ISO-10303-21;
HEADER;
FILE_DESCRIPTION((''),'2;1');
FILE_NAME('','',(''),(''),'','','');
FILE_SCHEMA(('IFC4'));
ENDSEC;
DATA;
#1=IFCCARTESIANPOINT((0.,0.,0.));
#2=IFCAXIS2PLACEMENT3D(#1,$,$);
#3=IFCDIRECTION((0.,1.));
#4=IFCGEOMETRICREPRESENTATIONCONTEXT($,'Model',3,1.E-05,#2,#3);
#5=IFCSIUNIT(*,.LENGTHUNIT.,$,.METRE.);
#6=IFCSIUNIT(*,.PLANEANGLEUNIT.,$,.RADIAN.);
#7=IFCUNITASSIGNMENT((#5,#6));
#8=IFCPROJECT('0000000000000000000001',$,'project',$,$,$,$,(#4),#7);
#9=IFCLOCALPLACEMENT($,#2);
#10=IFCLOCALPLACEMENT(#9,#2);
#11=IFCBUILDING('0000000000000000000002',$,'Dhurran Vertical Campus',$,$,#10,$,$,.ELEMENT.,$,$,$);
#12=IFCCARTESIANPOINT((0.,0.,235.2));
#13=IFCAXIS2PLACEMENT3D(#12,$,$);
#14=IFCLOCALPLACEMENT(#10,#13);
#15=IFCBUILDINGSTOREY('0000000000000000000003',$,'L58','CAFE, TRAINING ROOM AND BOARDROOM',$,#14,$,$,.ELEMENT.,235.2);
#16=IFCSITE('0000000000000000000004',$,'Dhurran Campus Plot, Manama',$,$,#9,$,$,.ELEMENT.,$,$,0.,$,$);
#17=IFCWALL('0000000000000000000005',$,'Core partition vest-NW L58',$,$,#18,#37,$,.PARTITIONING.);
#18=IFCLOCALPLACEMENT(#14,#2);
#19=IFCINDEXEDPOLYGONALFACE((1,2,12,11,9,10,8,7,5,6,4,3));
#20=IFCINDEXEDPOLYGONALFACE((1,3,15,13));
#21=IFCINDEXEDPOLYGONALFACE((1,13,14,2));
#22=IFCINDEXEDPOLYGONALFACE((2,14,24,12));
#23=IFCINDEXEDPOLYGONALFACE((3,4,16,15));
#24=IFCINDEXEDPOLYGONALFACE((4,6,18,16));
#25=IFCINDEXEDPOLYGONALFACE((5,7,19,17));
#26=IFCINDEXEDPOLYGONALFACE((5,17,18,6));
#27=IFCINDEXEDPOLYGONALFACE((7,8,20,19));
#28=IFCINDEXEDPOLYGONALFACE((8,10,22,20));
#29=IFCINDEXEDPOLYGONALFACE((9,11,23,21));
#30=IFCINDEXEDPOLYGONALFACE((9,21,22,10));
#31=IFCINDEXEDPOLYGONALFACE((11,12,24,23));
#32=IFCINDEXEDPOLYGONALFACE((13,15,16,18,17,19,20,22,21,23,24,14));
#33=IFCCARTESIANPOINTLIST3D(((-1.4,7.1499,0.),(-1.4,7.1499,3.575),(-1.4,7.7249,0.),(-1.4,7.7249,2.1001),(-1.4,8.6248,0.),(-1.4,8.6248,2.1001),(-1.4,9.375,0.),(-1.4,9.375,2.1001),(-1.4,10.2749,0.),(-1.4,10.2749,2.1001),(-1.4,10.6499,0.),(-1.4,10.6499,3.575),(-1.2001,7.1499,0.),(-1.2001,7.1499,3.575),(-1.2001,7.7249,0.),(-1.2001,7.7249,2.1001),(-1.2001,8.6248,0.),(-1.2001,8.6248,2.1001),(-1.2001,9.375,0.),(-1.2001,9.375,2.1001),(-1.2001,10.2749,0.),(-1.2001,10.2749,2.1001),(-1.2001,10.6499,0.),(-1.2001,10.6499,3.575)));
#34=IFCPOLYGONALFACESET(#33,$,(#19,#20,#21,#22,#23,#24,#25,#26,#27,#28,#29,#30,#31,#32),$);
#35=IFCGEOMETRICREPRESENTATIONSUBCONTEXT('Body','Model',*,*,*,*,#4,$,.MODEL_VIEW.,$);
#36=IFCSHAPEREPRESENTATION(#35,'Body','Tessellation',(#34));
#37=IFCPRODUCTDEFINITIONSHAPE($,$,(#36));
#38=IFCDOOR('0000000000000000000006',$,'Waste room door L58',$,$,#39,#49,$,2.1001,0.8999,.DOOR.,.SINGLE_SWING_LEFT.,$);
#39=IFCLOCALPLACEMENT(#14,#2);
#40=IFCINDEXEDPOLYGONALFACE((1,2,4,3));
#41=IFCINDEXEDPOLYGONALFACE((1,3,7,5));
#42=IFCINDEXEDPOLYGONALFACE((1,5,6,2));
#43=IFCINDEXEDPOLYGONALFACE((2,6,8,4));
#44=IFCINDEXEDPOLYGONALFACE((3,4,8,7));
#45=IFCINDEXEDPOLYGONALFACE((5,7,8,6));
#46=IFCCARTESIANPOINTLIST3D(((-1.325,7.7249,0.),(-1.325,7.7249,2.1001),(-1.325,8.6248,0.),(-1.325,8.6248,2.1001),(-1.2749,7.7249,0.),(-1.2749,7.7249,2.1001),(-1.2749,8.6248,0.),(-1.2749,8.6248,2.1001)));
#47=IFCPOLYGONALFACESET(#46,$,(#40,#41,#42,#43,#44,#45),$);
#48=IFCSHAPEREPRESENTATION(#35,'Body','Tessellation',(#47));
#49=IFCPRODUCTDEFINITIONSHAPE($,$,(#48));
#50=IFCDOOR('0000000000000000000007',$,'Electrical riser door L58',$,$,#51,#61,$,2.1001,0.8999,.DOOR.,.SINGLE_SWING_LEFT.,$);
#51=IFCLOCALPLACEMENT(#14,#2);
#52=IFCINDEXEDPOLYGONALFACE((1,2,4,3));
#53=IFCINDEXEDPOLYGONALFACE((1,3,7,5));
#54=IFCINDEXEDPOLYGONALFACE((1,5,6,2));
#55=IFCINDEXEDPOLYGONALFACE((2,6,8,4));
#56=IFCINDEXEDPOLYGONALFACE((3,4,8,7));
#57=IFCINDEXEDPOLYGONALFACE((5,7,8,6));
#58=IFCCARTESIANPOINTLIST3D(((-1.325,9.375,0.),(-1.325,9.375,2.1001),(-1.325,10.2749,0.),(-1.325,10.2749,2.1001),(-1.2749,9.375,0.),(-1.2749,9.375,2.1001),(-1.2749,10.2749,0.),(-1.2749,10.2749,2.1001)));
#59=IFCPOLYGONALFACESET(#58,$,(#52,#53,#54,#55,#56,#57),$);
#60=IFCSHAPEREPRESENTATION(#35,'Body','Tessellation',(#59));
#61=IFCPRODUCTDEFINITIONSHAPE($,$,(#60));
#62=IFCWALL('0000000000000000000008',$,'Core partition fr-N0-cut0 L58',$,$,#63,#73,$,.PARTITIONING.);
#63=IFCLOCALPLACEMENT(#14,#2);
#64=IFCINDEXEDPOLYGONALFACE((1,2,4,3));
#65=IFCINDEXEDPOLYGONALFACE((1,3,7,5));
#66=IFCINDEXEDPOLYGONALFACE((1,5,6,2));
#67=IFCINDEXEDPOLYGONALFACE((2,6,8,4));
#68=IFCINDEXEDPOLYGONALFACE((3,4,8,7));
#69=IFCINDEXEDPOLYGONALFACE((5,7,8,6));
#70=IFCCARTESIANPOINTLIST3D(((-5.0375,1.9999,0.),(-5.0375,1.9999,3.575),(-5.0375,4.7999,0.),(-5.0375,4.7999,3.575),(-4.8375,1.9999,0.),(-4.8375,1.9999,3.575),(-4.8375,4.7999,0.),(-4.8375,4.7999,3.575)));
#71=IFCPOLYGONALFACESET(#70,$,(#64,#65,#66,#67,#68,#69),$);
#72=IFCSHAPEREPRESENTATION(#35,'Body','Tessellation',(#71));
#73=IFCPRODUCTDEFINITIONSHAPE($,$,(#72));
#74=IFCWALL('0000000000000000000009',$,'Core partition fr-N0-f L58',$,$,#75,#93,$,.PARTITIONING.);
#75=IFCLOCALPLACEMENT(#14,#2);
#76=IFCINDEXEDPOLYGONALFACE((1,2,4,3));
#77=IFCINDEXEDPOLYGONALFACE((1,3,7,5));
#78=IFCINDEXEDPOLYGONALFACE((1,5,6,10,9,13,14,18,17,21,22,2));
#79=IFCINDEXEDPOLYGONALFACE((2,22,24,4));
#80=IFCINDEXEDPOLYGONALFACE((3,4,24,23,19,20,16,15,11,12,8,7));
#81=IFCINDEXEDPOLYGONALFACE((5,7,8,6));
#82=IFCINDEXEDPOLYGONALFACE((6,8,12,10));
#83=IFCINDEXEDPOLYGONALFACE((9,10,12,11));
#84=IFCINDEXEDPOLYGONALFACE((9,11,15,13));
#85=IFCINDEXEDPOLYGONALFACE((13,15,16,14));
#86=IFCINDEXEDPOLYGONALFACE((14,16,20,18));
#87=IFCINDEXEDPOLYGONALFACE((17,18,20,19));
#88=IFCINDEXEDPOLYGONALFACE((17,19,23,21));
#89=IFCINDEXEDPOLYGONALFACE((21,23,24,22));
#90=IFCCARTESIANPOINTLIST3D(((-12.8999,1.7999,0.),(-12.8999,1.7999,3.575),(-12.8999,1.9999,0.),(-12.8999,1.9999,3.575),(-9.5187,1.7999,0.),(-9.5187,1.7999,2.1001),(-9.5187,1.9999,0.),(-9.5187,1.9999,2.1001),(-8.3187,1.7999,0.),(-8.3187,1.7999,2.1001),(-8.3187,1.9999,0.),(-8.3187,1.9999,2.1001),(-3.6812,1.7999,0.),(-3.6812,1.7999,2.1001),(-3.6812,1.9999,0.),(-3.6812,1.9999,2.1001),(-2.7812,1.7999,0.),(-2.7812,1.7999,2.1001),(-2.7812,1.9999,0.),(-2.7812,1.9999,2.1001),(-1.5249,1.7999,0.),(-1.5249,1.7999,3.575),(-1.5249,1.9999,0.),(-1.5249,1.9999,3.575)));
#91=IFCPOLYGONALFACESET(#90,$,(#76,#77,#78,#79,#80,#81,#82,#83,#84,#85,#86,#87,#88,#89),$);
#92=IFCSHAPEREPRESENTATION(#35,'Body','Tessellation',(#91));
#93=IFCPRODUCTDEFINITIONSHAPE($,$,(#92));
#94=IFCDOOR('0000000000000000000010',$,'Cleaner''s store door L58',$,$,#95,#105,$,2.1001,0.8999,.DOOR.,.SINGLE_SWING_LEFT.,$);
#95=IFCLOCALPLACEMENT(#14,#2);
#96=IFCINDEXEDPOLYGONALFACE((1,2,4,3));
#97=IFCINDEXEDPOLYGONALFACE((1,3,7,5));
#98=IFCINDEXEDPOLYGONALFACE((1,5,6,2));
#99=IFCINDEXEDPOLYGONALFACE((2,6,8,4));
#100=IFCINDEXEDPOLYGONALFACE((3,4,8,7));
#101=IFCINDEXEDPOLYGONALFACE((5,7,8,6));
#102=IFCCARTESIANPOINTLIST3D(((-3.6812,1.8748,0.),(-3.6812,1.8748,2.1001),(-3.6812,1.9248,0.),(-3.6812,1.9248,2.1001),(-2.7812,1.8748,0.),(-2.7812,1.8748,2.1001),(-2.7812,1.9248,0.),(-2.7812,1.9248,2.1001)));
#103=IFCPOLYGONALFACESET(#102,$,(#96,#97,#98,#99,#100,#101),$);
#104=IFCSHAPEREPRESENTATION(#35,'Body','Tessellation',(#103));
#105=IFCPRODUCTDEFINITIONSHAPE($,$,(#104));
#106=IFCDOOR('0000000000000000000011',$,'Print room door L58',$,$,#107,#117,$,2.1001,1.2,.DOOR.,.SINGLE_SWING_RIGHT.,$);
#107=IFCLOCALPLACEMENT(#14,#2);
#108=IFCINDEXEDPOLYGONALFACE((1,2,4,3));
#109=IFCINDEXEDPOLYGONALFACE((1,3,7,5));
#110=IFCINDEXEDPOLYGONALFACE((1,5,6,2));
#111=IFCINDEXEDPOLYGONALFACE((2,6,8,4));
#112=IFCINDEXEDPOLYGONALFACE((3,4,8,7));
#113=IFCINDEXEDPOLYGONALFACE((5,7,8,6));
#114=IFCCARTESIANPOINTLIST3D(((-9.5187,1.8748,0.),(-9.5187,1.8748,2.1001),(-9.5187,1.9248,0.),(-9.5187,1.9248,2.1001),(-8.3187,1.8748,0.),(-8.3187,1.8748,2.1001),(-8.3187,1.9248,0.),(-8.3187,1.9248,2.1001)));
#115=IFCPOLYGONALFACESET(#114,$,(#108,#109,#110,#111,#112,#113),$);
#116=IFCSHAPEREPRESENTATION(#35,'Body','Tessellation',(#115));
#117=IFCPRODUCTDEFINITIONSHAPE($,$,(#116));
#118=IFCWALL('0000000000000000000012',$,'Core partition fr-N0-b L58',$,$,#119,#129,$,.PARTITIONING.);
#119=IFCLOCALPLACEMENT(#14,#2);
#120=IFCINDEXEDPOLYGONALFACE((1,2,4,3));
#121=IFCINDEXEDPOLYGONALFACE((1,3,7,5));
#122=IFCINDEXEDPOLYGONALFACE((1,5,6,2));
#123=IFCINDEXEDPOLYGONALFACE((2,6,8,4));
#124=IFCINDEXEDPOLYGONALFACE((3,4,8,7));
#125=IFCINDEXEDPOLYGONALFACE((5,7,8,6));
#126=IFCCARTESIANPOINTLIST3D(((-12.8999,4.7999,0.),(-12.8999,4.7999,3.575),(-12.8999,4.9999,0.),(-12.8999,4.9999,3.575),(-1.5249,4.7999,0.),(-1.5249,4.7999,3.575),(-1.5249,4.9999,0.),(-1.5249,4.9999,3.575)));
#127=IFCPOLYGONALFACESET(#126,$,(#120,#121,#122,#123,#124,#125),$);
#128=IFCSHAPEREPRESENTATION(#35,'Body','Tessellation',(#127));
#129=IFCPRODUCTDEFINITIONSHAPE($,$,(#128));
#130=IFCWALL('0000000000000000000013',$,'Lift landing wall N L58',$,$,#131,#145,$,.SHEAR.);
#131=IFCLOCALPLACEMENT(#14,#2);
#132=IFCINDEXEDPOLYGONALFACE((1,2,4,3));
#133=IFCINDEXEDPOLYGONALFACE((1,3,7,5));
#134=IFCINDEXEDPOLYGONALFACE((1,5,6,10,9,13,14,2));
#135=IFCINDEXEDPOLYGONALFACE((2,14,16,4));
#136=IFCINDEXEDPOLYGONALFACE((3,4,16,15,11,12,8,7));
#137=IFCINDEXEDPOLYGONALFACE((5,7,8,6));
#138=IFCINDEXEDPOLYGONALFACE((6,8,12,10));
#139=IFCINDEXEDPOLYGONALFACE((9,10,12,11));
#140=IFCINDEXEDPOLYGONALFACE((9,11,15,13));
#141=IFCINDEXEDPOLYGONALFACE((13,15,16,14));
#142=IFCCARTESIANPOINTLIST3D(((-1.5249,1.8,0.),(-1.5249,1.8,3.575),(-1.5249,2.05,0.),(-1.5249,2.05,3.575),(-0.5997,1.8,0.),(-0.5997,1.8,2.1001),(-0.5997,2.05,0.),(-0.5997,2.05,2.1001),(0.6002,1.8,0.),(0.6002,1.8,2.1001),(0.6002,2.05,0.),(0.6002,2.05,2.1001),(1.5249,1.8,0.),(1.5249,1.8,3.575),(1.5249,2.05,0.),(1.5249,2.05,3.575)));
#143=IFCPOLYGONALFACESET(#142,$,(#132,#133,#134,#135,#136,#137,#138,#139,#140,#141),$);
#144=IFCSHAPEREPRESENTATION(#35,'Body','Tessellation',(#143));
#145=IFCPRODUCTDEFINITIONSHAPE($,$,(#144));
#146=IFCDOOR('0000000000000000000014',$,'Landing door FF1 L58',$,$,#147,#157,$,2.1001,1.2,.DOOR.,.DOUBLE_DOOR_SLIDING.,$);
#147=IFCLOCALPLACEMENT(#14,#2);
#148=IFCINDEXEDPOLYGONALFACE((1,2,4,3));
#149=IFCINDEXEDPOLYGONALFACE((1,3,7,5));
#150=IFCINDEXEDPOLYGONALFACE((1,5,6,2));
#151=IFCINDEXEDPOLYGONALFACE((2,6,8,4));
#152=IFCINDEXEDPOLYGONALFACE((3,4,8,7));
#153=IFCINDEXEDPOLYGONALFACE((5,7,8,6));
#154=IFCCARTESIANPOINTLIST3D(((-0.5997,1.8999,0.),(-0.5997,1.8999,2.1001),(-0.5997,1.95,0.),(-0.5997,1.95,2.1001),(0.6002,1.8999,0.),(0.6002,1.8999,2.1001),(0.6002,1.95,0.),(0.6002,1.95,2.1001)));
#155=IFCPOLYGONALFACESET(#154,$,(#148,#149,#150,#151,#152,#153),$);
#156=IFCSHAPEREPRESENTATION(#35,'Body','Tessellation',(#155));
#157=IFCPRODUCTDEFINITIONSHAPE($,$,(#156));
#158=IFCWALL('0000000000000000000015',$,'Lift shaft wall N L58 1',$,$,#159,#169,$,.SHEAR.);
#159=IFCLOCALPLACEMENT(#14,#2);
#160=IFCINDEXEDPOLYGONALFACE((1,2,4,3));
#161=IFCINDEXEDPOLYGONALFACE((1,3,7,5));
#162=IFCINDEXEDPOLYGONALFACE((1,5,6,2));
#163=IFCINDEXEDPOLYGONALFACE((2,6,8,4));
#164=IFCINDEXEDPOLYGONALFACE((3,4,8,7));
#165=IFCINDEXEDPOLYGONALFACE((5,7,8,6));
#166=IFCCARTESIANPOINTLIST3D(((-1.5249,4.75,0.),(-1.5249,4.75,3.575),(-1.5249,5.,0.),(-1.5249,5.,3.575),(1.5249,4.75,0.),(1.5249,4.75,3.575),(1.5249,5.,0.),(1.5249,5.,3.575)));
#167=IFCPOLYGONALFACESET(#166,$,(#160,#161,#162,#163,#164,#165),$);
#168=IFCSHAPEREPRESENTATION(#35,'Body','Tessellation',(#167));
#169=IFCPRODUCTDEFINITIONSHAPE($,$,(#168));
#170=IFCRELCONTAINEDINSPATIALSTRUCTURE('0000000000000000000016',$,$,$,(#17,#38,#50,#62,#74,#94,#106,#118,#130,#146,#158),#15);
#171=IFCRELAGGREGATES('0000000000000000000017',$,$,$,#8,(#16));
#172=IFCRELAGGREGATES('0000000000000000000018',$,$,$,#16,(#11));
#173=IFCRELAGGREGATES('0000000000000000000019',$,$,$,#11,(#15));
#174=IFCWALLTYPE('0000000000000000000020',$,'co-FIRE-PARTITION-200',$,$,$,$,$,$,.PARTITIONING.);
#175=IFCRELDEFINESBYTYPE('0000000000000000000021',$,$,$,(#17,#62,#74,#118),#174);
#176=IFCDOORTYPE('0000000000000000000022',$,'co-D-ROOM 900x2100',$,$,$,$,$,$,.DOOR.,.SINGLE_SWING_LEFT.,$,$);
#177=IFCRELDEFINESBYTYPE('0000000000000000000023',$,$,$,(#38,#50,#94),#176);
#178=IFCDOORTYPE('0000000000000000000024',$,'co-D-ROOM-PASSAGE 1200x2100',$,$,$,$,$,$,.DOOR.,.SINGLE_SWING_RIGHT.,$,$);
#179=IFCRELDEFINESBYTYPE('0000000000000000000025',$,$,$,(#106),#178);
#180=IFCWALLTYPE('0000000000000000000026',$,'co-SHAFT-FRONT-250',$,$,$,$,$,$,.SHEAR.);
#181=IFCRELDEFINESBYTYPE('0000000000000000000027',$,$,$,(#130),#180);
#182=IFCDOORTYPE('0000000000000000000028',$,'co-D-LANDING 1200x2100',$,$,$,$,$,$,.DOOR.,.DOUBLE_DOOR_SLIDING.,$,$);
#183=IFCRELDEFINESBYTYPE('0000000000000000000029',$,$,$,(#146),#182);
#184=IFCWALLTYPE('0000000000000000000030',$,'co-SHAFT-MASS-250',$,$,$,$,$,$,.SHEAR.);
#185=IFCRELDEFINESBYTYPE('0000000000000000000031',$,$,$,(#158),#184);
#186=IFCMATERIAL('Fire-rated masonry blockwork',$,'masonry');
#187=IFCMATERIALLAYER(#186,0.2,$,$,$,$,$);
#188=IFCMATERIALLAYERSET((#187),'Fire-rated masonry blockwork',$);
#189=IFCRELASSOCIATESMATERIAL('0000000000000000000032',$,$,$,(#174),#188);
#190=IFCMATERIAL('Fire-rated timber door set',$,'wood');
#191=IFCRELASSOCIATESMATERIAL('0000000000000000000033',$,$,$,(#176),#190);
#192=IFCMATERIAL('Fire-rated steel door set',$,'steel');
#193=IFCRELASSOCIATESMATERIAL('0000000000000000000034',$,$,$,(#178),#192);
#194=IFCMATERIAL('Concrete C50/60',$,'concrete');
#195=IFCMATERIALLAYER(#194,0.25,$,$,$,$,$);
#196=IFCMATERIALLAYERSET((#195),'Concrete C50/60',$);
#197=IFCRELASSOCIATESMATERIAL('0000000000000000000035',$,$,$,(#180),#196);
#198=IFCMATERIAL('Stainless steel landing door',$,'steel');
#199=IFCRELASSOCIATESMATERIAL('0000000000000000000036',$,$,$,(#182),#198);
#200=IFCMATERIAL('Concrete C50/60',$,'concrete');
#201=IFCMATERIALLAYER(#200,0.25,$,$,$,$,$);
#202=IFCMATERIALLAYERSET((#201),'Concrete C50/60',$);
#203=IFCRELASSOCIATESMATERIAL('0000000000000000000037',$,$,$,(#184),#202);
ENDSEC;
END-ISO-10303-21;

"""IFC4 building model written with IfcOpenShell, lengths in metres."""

from ifc_helpers import new_model, si_unit, direction, frame, frame_2d, origin, place, context, subcontext, project, spatial, polyline, rectangle, outline, extrude, material, layer, layer_set, type_object, element, fill, save


model = new_model("IFC4")

# Units and contexts
model_context = context("Model", 3, precision=1e-05, world=origin(), true_north=direction((0.0, 1.0)))
body_context = subcontext(model_context, "Body", "Model", "MODEL_VIEW")
ifc_project = project(units=[si_unit("LENGTHUNIT", "METRE"), si_unit("PLANEANGLEUNIT", "RADIAN")], contexts=[model_context])

# Site, building, storey
site_placement = place(None, origin())
site = spatial("IfcSite", under=ifc_project, at=site_placement, Name="Dhurran Campus Plot, Manama", CompositionType="ELEMENT", RefElevation=0.0)
building_placement = place(site_placement, origin())
building = spatial("IfcBuilding", under=site, at=building_placement, Name="Dhurran Vertical Campus", CompositionType="ELEMENT")
storey_placement = place(building_placement, frame((0.0, 0.0, 235.2)))
storey = spatial("IfcBuildingStorey", under=building, at=storey_placement, Name="L58", Description="CAFE, TRAINING ROOM AND BOARDROOM", CompositionType="ELEMENT", Elevation=235.2)

# Shared definitions
ifc_material_1 = material(Name="Fire-rated masonry blockwork", Category="masonry")
ifc_layer_1 = layer(ifc_material_1, 0.2)
ifc_layer_set_1 = layer_set([ifc_layer_1], Name="Fire-rated masonry blockwork")
wall_type_1 = type_object("IfcWallType", Name="co-FIRE-PARTITION-200", PredefinedType="PARTITIONING", material=ifc_layer_set_1)

# Wall, openings, doors
wall_1_placement = place(storey_placement, frame((-1.3, 7.1499, 0.0), z_axis=(0.0, 0.0, 1.0), x_axis=(0.0, 1.0, 0.0)))
wall_1 = element("IfcWall", 1, at=wall_1_placement, inside=storey, type_object=wall_type_1, Name="Core partition vest-NW L58", PredefinedType="PARTITIONING", context=body_context, shape_type="SweptSolid", body=[
    extrude(rectangle(XDim=3.5, YDim=0.2, at=frame_2d((1.75, 0.0))), origin(), (0.0, 0.0, 1.0), 3.575),
])
opening_1_placement = place(wall_1_placement, frame((0.575, 0.0, 0.0)))
opening_1 = element("IfcOpeningElement", 2, at=opening_1_placement, cuts=wall_1, PredefinedType="OPENING", context=body_context, shape_type="SweptSolid", body=[
    extrude(rectangle(XDim=0.8999, YDim=2.1001, at=frame_2d((0.45, 1.05))), frame((0.0, 0.1099, 0.0), z_axis=(0.0, -1.0, 0.0), x_axis=(1.0, 0.0, 0.0)), (0.0, 0.0, 1.0), 0.22),
])
opening_2_placement = place(wall_1_placement, frame((2.2251, 0.0, 0.0)))
opening_2 = element("IfcOpeningElement", 3, at=opening_2_placement, cuts=wall_1, PredefinedType="OPENING", context=body_context, shape_type="SweptSolid", body=[
    extrude(rectangle(XDim=0.8999, YDim=2.1001, at=frame_2d((0.45, 1.05))), frame((0.0, 0.1099, 0.0), z_axis=(0.0, -1.0, 0.0), x_axis=(1.0, 0.0, 0.0)), (0.0, 0.0, 1.0), 0.22),
])
ifc_material_2 = material(Name="Fire-rated timber door set", Category="wood")
door_type_1 = type_object("IfcDoorType", Name="co-D-ROOM 900x2100", OperationType="SINGLE_SWING_LEFT", PredefinedType="DOOR", material=ifc_material_2)
door_1_placement = place(opening_1_placement, origin())
door_1 = element("IfcDoor", 4, at=door_1_placement, inside=storey, type_object=door_type_1, Name="Waste room door L58", OperationType="SINGLE_SWING_LEFT", OverallHeight=2.1001, OverallWidth=0.8999, PredefinedType="DOOR", context=body_context, shape_type="SweptSolid", body=[
    extrude(rectangle(XDim=0.8999, YDim=2.1001, at=frame_2d((0.45, 1.05))), frame((0.0, 0.0249, 0.0), z_axis=(0.0, -1.0, 0.0), x_axis=(1.0, 0.0, 0.0)), (0.0, 0.0, 1.0), 0.05),
])
fill(opening_1, door_1)
door_2_placement = place(opening_2_placement, origin())
door_2 = element("IfcDoor", 5, at=door_2_placement, inside=storey, type_object=door_type_1, Name="Electrical riser door L58", OperationType="SINGLE_SWING_LEFT", OverallHeight=2.1001, OverallWidth=0.8999, PredefinedType="DOOR", context=body_context, shape_type="SweptSolid", body=[
    extrude(rectangle(XDim=0.8999, YDim=2.1001, at=frame_2d((0.45, 1.05))), frame((0.0, 0.0249, 0.0), z_axis=(0.0, -1.0, 0.0), x_axis=(1.0, 0.0, 0.0)), (0.0, 0.0, 1.0), 0.05),
])
fill(opening_2, door_2)

# Wall
wall_2_placement = place(storey_placement, frame((-4.9375, 2.0, 0.0), z_axis=(0.0, 0.0, 1.0), x_axis=(0.0, 1.0, 0.0)))
element("IfcWall", 6, at=wall_2_placement, inside=storey, type_object=wall_type_1, Name="Core partition fr-N0-cut0 L58", PredefinedType="PARTITIONING", context=body_context, shape_type="SweptSolid", body=[
    extrude(rectangle(XDim=2.8, YDim=0.2, at=frame_2d((1.3999, 0.0))), origin(), (0.0, 0.0, 1.0), 3.575),
])

# Wall, openings, doors
wall_3_placement = place(storey_placement, frame((-12.8999, 1.8999, 0.0), z_axis=(0.0, 0.0, 1.0), x_axis=(1.0, 0.0, 0.0)))
wall_3 = element("IfcWall", 7, at=wall_3_placement, inside=storey, type_object=wall_type_1, Name="Core partition fr-N0-f L58", PredefinedType="PARTITIONING", context=body_context, shape_type="SweptSolid", body=[
    extrude(rectangle(XDim=11.375, YDim=0.2, at=frame_2d((5.6875, 0.0))), origin(), (0.0, 0.0, 1.0), 3.575),
])
opening_3_placement = place(wall_3_placement, frame((3.3811, 0.0, 0.0)))
opening_3 = element("IfcOpeningElement", 8, at=opening_3_placement, cuts=wall_3, PredefinedType="OPENING", context=body_context, shape_type="SweptSolid", body=[
    extrude(rectangle(XDim=1.2, YDim=2.1001, at=frame_2d((0.6001, 1.05))), frame((0.0, 0.1099, 0.0), z_axis=(0.0, -1.0, 0.0), x_axis=(1.0, 0.0, 0.0)), (0.0, 0.0, 1.0), 0.22),
])
opening_4_placement = place(wall_3_placement, frame((9.2188, 0.0, 0.0)))
opening_4 = element("IfcOpeningElement", 9, at=opening_4_placement, cuts=wall_3, PredefinedType="OPENING", context=body_context, shape_type="SweptSolid", body=[
    extrude(rectangle(XDim=0.8999, YDim=2.1001, at=frame_2d((0.45, 1.05))), frame((0.0, 0.1099, 0.0), z_axis=(0.0, -1.0, 0.0), x_axis=(1.0, 0.0, 0.0)), (0.0, 0.0, 1.0), 0.22),
])
door_3_placement = place(opening_4_placement, origin())
door_3 = element("IfcDoor", 10, at=door_3_placement, inside=storey, type_object=door_type_1, Name="Cleaner's store door L58", OperationType="SINGLE_SWING_LEFT", OverallHeight=2.1001, OverallWidth=0.8999, PredefinedType="DOOR", context=body_context, shape_type="SweptSolid", body=[
    extrude(rectangle(XDim=0.8999, YDim=2.1001, at=frame_2d((0.45, 1.05))), frame((0.0, 0.0249, 0.0), z_axis=(0.0, -1.0, 0.0), x_axis=(1.0, 0.0, 0.0)), (0.0, 0.0, 1.0), 0.05),
])
fill(opening_4, door_3)
ifc_material_3 = material(Name="Fire-rated steel door set", Category="steel")
door_type_2 = type_object("IfcDoorType", Name="co-D-ROOM-PASSAGE 1200x2100", OperationType="SINGLE_SWING_RIGHT", PredefinedType="DOOR", material=ifc_material_3)
door_4_placement = place(opening_3_placement, origin())
door_4 = element("IfcDoor", 11, at=door_4_placement, inside=storey, type_object=door_type_2, Name="Print room door L58", OperationType="SINGLE_SWING_RIGHT", OverallHeight=2.1001, OverallWidth=1.2, PredefinedType="DOOR", context=body_context, shape_type="SweptSolid", body=[
    extrude(rectangle(XDim=1.2, YDim=2.1001, at=frame_2d((0.6001, 1.05))), frame((0.0, 0.0249, 0.0), z_axis=(0.0, -1.0, 0.0), x_axis=(1.0, 0.0, 0.0)), (0.0, 0.0, 1.0), 0.05),
])
fill(opening_3, door_4)

# Wall
wall_4_placement = place(storey_placement, frame((-12.8999, 4.8999, 0.0), z_axis=(0.0, 0.0, 1.0), x_axis=(1.0, 0.0, 0.0)))
element("IfcWall", 12, at=wall_4_placement, inside=storey, type_object=wall_type_1, Name="Core partition fr-N0-b L58", PredefinedType="PARTITIONING", context=body_context, shape_type="SweptSolid", body=[
    extrude(rectangle(XDim=11.375, YDim=0.2, at=frame_2d((5.6875, 0.0))), origin(), (0.0, 0.0, 1.0), 3.575),
])

# Wall, opening, door
ifc_material_4 = material(Name="Concrete C50/60", Category="concrete")
ifc_layer_2 = layer(ifc_material_4, 0.25)
ifc_layer_set_2 = layer_set([ifc_layer_2], Name="Concrete C50/60")
wall_type_2 = type_object("IfcWallType", Name="co-SHAFT-FRONT-250", PredefinedType="SHEAR", material=ifc_layer_set_2)
wall_5_placement = place(storey_placement, frame((-1.5249, 1.925, 0.0), z_axis=(0.0, 0.0, 1.0), x_axis=(1.0, 0.0, 0.0)))
wall_5 = element("IfcWall", 13, at=wall_5_placement, inside=storey, type_object=wall_type_2, Name="Lift landing wall N L58", PredefinedType="SHEAR", context=body_context, shape_type="SweptSolid", body=[
    extrude(rectangle(XDim=3.0498, YDim=0.25, at=frame_2d((1.5249, 0.0))), origin(), (0.0, 0.0, 1.0), 3.575),
])
opening_5_placement = place(wall_5_placement, frame((0.925, 0.0, 0.0)))
opening_5 = element("IfcOpeningElement", 14, at=opening_5_placement, cuts=wall_5, PredefinedType="OPENING", context=body_context, shape_type="SweptSolid", body=[
    extrude(rectangle(XDim=1.2, YDim=2.1001, at=frame_2d((0.6001, 1.05))), frame((0.0, 0.135, 0.0), z_axis=(0.0, -1.0, 0.0), x_axis=(1.0, 0.0, 0.0)), (0.0, 0.0, 1.0), 0.27),
])
ifc_material_5 = material(Name="Stainless steel landing door", Category="steel")
door_type_3 = type_object("IfcDoorType", Name="co-D-LANDING 1200x2100", OperationType="DOUBLE_DOOR_SLIDING", PredefinedType="DOOR", material=ifc_material_5)
door_5_placement = place(opening_5_placement, origin())
door_5 = element("IfcDoor", 15, at=door_5_placement, inside=storey, type_object=door_type_3, Name="Landing door FF1 L58", OperationType="DOUBLE_DOOR_SLIDING", OverallHeight=2.1001, OverallWidth=1.2, PredefinedType="DOOR", context=body_context, shape_type="SweptSolid", body=[
    extrude(rectangle(XDim=1.2, YDim=2.1001, at=frame_2d((0.6001, 1.05))), frame((0.0, 0.0249, 0.0), z_axis=(0.0, -1.0, 0.0), x_axis=(1.0, 0.0, 0.0)), (0.0, 0.0, 1.0), 0.05),
])
fill(opening_5, door_5)

# Wall
ifc_material_6 = material(Name="Concrete C50/60", Category="concrete")
ifc_layer_3 = layer(ifc_material_6, 0.25)
ifc_layer_set_3 = layer_set([ifc_layer_3], Name="Concrete C50/60")
wall_type_3 = type_object("IfcWallType", Name="co-SHAFT-MASS-250", PredefinedType="SHEAR", material=ifc_layer_set_3)
wall_6_placement = place(storey_placement, origin())
element("IfcWall", 16, at=wall_6_placement, inside=storey, type_object=wall_type_3, Name="Lift shaft wall N L58 1", PredefinedType="SHEAR", context=body_context, shape_type="SweptSolid", body=[
    extrude(outline(polyline([(-1.5249, 4.75), (1.5249, 4.75), (1.5249, 5.0), (-1.5249, 5.0), (-1.5249, 4.75)])), origin(), (0.0, 0.0, 1.0), 3.575),
])

save(model, "model.ifc")
